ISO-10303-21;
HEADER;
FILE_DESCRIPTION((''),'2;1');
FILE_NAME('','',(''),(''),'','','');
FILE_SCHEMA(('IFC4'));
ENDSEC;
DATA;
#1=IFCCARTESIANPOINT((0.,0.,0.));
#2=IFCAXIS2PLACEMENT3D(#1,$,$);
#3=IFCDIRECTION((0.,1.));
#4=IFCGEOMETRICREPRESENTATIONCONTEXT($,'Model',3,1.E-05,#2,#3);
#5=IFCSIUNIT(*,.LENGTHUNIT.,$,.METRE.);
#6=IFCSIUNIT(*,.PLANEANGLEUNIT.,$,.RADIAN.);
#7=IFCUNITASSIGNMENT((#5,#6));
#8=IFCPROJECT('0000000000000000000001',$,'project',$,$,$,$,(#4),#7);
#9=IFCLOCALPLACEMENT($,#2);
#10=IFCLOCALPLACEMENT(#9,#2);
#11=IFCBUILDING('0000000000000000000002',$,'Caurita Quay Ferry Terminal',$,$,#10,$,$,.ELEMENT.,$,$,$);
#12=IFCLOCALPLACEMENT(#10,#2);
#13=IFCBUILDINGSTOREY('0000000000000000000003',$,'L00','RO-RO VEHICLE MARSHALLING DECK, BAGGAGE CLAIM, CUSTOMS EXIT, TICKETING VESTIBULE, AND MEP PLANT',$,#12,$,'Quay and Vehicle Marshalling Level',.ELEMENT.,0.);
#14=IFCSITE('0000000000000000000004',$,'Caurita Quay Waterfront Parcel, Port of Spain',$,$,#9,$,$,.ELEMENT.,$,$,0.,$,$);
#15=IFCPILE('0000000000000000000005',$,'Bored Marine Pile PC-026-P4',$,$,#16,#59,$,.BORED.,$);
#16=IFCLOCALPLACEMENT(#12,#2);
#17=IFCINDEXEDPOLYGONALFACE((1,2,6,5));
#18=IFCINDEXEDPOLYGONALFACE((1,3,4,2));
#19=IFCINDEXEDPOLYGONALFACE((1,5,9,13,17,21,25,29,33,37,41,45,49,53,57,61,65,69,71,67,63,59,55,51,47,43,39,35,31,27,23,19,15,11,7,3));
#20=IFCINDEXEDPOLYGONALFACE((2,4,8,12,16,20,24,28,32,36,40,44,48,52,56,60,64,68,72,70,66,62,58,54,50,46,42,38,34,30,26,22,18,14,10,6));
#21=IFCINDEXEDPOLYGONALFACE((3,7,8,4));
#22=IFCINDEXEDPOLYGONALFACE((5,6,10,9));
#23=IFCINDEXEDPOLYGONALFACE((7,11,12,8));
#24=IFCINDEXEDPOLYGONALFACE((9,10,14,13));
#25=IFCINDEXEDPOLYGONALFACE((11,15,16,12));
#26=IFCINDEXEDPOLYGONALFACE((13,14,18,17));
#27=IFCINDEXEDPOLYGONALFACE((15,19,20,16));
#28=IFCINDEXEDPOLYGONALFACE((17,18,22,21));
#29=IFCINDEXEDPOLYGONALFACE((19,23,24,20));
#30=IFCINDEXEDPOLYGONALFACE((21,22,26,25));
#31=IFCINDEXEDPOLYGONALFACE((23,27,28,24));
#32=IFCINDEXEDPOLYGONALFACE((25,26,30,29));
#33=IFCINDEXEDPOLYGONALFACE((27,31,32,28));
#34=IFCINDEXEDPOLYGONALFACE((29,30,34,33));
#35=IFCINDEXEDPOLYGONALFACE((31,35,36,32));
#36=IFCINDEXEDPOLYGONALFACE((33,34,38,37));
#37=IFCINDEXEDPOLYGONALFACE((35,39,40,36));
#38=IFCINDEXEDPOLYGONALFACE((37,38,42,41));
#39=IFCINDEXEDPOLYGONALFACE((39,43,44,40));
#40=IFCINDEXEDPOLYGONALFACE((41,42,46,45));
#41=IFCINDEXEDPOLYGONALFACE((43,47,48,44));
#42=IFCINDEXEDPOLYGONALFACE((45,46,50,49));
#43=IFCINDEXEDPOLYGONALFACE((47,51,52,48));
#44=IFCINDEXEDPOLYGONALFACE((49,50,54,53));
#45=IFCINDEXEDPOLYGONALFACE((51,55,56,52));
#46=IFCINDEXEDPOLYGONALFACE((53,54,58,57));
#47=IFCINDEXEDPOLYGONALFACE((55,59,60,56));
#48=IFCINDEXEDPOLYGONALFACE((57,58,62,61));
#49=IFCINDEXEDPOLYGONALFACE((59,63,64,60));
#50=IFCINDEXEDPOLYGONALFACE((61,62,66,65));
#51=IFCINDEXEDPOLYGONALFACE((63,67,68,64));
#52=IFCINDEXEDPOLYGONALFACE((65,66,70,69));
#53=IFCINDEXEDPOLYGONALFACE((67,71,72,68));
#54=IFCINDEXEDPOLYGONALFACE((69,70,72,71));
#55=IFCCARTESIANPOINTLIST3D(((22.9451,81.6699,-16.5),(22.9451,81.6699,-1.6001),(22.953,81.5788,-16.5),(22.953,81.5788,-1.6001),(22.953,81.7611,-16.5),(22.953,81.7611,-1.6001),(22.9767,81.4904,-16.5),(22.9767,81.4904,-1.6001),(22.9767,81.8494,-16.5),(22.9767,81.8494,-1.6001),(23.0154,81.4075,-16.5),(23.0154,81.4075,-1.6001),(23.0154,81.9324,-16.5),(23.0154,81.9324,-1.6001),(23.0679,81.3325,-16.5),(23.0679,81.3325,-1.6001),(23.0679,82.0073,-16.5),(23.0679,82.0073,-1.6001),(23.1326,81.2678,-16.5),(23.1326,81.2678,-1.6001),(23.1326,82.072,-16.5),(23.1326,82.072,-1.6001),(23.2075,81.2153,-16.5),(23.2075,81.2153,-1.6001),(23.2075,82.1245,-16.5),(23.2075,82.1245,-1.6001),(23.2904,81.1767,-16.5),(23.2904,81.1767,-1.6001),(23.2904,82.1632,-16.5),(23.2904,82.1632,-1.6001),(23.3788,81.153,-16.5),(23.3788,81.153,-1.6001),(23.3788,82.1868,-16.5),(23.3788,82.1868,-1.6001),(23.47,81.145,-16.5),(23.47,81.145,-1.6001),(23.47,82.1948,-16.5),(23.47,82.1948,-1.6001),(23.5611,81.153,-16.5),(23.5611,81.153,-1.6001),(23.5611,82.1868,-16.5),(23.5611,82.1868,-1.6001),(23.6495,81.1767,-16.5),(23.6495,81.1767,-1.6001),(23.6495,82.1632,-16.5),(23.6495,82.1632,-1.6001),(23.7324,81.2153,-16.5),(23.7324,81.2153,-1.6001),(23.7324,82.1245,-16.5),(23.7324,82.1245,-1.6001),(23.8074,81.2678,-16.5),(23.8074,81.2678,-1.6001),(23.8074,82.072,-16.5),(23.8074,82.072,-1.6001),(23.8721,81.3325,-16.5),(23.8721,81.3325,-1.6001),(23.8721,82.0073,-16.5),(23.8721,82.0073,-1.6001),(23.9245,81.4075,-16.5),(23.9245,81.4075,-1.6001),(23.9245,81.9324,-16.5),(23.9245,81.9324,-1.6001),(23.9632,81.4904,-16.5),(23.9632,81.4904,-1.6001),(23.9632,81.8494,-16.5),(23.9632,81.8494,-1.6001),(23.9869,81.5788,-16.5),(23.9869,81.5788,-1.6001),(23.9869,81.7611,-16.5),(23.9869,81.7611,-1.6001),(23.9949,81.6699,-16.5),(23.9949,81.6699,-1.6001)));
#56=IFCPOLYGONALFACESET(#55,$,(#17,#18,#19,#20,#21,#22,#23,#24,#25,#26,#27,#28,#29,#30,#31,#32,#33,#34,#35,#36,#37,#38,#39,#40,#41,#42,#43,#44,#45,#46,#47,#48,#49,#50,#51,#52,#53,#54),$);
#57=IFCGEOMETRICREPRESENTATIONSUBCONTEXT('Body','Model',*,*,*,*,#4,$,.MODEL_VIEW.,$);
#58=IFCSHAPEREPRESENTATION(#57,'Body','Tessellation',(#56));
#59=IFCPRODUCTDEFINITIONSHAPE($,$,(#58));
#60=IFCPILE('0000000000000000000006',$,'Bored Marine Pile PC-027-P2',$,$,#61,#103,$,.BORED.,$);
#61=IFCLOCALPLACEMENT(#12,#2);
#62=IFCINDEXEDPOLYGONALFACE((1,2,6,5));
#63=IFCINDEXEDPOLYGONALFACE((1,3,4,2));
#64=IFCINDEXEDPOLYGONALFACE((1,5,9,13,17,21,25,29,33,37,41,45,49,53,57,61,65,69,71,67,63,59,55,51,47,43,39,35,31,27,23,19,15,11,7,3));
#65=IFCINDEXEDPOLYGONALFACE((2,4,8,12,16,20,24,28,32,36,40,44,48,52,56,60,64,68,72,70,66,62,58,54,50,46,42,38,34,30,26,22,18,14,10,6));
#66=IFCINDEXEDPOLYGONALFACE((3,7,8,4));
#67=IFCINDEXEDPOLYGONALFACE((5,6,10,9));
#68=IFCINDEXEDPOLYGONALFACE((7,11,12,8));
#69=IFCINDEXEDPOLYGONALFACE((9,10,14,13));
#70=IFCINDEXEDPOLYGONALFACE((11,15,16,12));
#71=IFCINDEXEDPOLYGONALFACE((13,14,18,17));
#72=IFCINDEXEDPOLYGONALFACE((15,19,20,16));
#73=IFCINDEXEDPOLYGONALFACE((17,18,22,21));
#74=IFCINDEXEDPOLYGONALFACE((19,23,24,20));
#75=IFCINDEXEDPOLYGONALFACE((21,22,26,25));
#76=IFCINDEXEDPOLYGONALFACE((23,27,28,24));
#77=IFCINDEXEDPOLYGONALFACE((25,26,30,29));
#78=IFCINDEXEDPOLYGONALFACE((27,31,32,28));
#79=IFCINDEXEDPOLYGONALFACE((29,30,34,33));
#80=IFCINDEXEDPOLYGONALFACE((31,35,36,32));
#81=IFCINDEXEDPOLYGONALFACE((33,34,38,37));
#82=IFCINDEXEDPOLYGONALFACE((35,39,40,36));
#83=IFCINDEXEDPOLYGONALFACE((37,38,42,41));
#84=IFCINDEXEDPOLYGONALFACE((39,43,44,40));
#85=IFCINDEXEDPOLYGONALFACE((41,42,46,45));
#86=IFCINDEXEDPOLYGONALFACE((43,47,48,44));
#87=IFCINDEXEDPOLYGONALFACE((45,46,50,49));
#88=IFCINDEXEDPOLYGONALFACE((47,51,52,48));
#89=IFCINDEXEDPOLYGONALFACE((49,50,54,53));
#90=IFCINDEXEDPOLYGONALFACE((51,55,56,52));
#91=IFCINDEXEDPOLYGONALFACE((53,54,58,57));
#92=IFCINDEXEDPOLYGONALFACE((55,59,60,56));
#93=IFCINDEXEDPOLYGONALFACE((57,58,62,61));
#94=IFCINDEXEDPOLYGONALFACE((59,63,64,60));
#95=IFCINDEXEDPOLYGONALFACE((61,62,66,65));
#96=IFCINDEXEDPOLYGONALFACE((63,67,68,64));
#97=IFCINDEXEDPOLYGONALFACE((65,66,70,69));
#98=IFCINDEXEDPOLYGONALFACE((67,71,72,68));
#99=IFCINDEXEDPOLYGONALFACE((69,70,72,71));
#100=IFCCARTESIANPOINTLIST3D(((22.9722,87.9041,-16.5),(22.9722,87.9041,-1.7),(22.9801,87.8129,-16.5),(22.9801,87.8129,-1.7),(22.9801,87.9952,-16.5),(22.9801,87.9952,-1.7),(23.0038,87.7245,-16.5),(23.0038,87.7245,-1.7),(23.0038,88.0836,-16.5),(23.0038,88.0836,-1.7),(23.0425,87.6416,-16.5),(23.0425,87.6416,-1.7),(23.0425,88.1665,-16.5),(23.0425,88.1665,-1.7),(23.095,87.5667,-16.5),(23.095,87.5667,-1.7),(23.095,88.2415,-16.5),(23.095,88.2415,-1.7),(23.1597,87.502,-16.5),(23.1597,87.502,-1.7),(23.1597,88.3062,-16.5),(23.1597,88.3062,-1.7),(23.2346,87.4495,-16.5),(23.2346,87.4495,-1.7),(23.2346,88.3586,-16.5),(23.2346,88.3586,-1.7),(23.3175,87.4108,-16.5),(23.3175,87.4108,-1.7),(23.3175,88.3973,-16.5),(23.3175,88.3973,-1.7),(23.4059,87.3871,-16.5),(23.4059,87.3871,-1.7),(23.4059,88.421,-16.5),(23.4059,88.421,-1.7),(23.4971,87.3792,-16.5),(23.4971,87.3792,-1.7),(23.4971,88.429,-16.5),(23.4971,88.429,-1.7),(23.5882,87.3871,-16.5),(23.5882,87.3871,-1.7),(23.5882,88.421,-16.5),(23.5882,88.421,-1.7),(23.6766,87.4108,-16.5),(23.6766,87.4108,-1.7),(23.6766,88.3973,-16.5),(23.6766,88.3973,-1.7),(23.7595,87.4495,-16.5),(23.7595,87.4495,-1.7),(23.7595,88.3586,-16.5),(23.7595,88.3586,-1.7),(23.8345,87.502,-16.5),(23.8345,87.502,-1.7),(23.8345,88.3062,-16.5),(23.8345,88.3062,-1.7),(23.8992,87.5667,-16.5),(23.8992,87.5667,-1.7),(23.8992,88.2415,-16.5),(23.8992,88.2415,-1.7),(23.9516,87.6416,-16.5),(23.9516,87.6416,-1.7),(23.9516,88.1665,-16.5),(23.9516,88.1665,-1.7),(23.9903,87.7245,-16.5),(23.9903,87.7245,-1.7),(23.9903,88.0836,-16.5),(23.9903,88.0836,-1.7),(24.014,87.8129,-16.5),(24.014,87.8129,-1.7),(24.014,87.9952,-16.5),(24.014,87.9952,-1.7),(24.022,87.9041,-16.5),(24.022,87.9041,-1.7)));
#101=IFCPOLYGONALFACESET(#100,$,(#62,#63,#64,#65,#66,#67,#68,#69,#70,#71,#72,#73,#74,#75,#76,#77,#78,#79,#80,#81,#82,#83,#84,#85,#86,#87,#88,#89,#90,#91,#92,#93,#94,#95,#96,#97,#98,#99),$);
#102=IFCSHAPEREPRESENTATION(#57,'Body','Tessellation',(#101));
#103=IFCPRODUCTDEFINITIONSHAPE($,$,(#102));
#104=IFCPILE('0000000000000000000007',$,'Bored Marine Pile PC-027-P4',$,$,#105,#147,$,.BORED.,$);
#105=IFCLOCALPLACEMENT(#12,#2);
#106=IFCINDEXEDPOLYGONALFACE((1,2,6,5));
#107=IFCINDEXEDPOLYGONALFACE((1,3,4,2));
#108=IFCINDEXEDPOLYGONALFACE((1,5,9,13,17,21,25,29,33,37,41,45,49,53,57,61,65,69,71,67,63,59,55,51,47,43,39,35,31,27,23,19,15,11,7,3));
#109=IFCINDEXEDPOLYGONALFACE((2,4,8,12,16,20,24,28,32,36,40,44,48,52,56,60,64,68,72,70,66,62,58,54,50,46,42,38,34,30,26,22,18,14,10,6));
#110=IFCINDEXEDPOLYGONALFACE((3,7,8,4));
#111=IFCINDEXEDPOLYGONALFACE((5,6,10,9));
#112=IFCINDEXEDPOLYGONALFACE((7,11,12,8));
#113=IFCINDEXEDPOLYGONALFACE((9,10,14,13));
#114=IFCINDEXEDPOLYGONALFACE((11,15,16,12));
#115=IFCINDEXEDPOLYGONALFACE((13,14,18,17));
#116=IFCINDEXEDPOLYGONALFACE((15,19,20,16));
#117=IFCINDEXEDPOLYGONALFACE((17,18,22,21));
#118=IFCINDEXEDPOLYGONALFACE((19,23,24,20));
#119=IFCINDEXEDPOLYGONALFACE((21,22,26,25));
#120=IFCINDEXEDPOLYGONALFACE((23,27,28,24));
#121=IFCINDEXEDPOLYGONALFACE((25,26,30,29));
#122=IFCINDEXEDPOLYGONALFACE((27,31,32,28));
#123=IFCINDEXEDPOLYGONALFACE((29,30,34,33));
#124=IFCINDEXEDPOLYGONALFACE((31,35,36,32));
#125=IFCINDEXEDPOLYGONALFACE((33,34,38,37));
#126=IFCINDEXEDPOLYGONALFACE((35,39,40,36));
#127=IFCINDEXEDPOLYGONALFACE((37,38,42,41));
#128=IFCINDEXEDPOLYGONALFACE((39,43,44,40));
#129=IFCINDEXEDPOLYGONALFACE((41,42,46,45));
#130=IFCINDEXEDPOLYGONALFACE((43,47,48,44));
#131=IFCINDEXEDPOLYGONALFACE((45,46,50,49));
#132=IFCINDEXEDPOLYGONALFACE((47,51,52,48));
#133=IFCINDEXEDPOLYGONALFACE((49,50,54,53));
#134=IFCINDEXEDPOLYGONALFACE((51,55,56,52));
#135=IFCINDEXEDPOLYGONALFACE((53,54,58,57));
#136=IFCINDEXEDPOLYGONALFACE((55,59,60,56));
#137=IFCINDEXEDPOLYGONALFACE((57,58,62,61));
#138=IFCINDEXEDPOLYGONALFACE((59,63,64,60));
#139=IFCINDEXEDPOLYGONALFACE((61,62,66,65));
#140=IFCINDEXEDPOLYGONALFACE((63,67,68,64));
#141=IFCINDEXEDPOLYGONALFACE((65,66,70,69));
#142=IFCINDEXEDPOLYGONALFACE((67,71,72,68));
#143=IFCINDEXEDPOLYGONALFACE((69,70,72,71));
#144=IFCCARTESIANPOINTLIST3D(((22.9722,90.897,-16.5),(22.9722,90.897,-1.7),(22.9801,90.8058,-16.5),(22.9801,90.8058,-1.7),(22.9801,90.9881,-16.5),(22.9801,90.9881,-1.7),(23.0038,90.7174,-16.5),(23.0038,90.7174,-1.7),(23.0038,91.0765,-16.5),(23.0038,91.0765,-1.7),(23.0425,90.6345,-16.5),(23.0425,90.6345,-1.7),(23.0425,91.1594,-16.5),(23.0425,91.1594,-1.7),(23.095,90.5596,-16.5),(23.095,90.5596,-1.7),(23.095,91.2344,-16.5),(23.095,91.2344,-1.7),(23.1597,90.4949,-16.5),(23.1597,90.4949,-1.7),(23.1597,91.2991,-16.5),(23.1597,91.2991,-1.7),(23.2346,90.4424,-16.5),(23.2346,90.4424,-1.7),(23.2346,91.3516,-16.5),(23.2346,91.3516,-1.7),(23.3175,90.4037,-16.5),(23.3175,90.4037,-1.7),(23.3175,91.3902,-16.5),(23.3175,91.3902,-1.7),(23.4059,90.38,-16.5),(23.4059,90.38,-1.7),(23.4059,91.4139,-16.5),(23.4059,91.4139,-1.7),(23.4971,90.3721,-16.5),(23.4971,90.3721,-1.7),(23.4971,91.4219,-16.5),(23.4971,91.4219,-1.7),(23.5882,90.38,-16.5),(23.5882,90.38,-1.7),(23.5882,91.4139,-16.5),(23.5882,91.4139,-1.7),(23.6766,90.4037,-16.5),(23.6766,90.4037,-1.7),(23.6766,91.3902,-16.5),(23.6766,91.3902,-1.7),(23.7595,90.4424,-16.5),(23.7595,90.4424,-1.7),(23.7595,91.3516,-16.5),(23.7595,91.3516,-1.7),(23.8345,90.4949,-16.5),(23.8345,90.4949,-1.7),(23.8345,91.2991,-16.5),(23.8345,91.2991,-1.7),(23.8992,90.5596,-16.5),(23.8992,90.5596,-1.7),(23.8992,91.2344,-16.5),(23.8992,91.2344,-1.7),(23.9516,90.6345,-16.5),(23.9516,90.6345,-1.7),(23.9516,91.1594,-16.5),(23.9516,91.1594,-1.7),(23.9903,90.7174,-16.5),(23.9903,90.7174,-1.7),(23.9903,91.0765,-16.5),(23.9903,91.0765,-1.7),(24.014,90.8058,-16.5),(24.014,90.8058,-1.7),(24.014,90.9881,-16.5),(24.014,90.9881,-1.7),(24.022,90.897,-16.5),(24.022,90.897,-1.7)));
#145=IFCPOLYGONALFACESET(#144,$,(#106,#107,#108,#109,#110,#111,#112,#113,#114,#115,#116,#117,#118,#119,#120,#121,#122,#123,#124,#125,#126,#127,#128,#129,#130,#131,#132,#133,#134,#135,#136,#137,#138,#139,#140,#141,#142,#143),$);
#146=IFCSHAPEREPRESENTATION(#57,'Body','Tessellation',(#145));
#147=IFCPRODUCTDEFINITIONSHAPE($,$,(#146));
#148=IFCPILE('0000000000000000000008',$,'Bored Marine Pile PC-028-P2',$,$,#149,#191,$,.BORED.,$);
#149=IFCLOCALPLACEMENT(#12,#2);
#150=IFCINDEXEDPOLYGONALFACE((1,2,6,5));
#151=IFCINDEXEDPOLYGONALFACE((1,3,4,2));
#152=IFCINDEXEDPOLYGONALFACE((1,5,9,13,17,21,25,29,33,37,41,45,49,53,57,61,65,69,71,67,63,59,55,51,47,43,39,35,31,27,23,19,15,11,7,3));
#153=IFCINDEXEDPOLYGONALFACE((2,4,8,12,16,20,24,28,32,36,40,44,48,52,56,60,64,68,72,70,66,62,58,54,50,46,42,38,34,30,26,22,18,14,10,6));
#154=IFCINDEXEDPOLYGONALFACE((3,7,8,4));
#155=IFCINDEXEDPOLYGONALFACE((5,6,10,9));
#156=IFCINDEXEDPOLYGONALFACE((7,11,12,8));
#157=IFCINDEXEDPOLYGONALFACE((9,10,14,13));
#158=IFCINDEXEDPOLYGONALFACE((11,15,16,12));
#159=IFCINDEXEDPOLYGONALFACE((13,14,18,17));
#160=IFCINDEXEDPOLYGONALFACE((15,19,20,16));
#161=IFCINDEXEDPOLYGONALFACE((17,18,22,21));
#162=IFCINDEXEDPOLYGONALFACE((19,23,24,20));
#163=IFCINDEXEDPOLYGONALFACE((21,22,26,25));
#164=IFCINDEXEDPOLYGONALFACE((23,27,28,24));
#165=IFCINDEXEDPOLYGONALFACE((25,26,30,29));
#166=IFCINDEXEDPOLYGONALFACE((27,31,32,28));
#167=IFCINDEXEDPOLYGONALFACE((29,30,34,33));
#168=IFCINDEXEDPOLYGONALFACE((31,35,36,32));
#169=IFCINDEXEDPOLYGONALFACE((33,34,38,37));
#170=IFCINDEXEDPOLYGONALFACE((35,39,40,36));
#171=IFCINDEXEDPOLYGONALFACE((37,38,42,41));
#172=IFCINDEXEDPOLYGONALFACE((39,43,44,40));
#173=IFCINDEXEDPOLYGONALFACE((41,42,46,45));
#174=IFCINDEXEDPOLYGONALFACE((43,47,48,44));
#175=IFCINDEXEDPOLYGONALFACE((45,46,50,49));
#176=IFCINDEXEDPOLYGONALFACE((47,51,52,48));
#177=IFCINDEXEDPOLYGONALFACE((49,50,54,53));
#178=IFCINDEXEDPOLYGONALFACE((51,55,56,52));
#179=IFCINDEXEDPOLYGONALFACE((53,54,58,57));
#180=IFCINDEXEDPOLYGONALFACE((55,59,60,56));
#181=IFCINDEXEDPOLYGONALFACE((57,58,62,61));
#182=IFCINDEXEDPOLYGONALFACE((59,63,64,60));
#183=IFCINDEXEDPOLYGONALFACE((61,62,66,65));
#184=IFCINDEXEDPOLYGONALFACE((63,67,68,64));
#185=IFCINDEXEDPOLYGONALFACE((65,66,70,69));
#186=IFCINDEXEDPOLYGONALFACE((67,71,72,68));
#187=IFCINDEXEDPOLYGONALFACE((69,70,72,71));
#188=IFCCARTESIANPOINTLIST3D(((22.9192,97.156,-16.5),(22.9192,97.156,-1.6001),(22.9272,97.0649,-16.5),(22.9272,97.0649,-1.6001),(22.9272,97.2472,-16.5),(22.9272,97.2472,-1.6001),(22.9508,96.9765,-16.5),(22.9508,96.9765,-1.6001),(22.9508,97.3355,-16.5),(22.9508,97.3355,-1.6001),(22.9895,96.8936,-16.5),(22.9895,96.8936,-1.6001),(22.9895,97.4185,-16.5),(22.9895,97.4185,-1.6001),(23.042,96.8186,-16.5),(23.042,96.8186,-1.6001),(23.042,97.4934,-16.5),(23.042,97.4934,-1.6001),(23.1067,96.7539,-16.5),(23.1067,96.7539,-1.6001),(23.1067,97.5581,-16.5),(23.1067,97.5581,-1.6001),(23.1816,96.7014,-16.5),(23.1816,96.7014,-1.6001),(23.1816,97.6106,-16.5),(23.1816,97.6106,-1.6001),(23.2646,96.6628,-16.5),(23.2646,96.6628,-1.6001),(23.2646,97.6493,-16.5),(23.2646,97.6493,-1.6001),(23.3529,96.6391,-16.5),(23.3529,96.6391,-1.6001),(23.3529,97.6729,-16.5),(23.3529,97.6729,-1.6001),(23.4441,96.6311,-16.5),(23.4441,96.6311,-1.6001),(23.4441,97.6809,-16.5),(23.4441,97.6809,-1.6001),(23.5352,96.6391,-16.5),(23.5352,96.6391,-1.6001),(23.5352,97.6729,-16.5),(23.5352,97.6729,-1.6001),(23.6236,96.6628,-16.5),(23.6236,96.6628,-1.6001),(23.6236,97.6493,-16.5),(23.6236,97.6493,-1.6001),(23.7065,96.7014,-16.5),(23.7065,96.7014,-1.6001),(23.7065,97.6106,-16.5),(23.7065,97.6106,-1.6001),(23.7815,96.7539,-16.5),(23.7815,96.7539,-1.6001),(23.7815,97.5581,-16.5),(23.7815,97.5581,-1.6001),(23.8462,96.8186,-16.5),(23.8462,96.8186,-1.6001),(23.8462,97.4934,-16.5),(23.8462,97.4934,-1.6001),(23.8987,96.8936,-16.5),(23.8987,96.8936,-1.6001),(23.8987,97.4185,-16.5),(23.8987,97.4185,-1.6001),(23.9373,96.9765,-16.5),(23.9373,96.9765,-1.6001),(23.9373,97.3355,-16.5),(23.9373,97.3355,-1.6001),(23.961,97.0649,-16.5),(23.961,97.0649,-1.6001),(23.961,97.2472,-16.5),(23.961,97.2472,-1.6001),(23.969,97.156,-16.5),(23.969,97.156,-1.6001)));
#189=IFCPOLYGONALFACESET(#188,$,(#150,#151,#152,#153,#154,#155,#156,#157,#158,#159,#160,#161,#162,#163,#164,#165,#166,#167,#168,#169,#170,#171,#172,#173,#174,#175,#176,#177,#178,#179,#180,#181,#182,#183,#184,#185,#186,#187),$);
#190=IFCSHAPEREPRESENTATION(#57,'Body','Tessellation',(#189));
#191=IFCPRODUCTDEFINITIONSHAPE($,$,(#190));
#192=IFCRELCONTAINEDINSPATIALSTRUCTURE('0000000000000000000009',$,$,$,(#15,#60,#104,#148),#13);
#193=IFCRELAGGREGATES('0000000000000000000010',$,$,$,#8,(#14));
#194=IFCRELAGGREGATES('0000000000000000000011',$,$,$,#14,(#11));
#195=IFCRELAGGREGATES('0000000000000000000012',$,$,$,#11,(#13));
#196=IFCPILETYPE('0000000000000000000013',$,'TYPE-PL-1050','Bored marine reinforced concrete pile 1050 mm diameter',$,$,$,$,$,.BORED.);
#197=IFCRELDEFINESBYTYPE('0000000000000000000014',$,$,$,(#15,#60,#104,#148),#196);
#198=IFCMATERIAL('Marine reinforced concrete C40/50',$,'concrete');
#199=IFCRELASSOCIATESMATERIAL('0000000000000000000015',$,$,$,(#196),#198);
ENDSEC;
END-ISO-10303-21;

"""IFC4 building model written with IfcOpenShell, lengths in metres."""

from ifc_helpers import new_model, si_unit, direction, frame, origin, origin_2d, place, context, subcontext, project, spatial, circle, extrude, material, material_profile, profile_set, type_object, element, save


model = new_model("IFC4")

# Units and contexts
model_context = context("Model", 3, precision=1e-05, world=origin(), true_north=direction((0.0, 1.0)))
body_context = subcontext(model_context, "Body", "Model", "MODEL_VIEW")
ifc_project = project(units=[si_unit("LENGTHUNIT", "METRE"), si_unit("PLANEANGLEUNIT", "RADIAN")], contexts=[model_context])

# Site, building, storey
site_placement = place(None, origin())
site = spatial("IfcSite", under=ifc_project, at=site_placement, Name="Caurita Quay Waterfront Parcel, Port of Spain", CompositionType="ELEMENT", RefElevation=0.0)
building_placement = place(site_placement, origin())
building = spatial("IfcBuilding", under=site, at=building_placement, Name="Caurita Quay Ferry Terminal", CompositionType="ELEMENT")
storey_placement = place(building_placement, origin())
storey = spatial("IfcBuildingStorey", under=building, at=storey_placement, Name="L00", Description="RO-RO VEHICLE MARSHALLING DECK, BAGGAGE CLAIM, CUSTOMS EXIT, TICKETING VESTIBULE, AND MEP PLANT", LongName="Quay and Vehicle Marshalling Level", CompositionType="ELEMENT", Elevation=0.0)

# Piles
ifc_material_1 = material(Name="Marine reinforced concrete C40/50", Category="concrete")
ifc_material_profile_1 = material_profile(ifc_material_1, circle(Radius=0.5249, at=origin_2d()), Name="PILE-D1050")
ifc_profile_set_1 = profile_set([ifc_material_profile_1], Name="Marine reinforced concrete C40/50")
pile_type = type_object("IfcPileType", Name="TYPE-PL-1050", Description="Bored marine reinforced concrete pile 1050 mm diameter", PredefinedType="BORED", material=ifc_profile_set_1)
pile_1_placement = place(storey_placement, frame((23.47, 81.6699, -1.6001), z_axis=(0.0, 0.0, -1.0), x_axis=(1.0, 0.0, 0.0)))
element("IfcPile", 1, at=pile_1_placement, inside=storey, type_object=pile_type, Name="Bored Marine Pile PC-026-P4", PredefinedType="BORED", context=body_context, shape_type="SweptSolid", body=[
    extrude(circle(Radius=0.5249, at=origin_2d()), origin(), (0.0, 0.0, 1.0), 14.8999),
])
for number, where, z_axis, x_axis, name in (
    (2, (23.4971, 87.9041, -1.7), (0.0, 0.0, -1.0), (1.0, 0.0, 0.0), "Bored Marine Pile PC-027-P2"),
    (3, (23.4971, 90.897, -1.7), (0.0, 0.0, -1.0), (1.0, 0.0, 0.0), "Bored Marine Pile PC-027-P4"),
):
    element("IfcPile", number, at=place(storey_placement, frame(where, z_axis=z_axis, x_axis=x_axis)), inside=storey, type_object=pile_type, Name=name, PredefinedType="BORED", context=body_context, shape_type="SweptSolid", body=[
        extrude(circle(Radius=0.5249, at=origin_2d()), origin(), (0.0, 0.0, 1.0), 14.8),
    ])
for number, where, z_axis, x_axis, name in (
    (4, (23.4441, 97.156, -1.6001), (0.0, 0.0, -1.0), (1.0, 0.0, 0.0), "Bored Marine Pile PC-028-P2"),
):
    element("IfcPile", number, at=place(storey_placement, frame(where, z_axis=z_axis, x_axis=x_axis)), inside=storey, type_object=pile_type, Name=name, PredefinedType="BORED", context=body_context, shape_type="SweptSolid", body=[
        extrude(circle(Radius=0.5249, at=origin_2d()), origin(), (0.0, 0.0, 1.0), 14.8999),
    ])

save(model, "model.ifc")
